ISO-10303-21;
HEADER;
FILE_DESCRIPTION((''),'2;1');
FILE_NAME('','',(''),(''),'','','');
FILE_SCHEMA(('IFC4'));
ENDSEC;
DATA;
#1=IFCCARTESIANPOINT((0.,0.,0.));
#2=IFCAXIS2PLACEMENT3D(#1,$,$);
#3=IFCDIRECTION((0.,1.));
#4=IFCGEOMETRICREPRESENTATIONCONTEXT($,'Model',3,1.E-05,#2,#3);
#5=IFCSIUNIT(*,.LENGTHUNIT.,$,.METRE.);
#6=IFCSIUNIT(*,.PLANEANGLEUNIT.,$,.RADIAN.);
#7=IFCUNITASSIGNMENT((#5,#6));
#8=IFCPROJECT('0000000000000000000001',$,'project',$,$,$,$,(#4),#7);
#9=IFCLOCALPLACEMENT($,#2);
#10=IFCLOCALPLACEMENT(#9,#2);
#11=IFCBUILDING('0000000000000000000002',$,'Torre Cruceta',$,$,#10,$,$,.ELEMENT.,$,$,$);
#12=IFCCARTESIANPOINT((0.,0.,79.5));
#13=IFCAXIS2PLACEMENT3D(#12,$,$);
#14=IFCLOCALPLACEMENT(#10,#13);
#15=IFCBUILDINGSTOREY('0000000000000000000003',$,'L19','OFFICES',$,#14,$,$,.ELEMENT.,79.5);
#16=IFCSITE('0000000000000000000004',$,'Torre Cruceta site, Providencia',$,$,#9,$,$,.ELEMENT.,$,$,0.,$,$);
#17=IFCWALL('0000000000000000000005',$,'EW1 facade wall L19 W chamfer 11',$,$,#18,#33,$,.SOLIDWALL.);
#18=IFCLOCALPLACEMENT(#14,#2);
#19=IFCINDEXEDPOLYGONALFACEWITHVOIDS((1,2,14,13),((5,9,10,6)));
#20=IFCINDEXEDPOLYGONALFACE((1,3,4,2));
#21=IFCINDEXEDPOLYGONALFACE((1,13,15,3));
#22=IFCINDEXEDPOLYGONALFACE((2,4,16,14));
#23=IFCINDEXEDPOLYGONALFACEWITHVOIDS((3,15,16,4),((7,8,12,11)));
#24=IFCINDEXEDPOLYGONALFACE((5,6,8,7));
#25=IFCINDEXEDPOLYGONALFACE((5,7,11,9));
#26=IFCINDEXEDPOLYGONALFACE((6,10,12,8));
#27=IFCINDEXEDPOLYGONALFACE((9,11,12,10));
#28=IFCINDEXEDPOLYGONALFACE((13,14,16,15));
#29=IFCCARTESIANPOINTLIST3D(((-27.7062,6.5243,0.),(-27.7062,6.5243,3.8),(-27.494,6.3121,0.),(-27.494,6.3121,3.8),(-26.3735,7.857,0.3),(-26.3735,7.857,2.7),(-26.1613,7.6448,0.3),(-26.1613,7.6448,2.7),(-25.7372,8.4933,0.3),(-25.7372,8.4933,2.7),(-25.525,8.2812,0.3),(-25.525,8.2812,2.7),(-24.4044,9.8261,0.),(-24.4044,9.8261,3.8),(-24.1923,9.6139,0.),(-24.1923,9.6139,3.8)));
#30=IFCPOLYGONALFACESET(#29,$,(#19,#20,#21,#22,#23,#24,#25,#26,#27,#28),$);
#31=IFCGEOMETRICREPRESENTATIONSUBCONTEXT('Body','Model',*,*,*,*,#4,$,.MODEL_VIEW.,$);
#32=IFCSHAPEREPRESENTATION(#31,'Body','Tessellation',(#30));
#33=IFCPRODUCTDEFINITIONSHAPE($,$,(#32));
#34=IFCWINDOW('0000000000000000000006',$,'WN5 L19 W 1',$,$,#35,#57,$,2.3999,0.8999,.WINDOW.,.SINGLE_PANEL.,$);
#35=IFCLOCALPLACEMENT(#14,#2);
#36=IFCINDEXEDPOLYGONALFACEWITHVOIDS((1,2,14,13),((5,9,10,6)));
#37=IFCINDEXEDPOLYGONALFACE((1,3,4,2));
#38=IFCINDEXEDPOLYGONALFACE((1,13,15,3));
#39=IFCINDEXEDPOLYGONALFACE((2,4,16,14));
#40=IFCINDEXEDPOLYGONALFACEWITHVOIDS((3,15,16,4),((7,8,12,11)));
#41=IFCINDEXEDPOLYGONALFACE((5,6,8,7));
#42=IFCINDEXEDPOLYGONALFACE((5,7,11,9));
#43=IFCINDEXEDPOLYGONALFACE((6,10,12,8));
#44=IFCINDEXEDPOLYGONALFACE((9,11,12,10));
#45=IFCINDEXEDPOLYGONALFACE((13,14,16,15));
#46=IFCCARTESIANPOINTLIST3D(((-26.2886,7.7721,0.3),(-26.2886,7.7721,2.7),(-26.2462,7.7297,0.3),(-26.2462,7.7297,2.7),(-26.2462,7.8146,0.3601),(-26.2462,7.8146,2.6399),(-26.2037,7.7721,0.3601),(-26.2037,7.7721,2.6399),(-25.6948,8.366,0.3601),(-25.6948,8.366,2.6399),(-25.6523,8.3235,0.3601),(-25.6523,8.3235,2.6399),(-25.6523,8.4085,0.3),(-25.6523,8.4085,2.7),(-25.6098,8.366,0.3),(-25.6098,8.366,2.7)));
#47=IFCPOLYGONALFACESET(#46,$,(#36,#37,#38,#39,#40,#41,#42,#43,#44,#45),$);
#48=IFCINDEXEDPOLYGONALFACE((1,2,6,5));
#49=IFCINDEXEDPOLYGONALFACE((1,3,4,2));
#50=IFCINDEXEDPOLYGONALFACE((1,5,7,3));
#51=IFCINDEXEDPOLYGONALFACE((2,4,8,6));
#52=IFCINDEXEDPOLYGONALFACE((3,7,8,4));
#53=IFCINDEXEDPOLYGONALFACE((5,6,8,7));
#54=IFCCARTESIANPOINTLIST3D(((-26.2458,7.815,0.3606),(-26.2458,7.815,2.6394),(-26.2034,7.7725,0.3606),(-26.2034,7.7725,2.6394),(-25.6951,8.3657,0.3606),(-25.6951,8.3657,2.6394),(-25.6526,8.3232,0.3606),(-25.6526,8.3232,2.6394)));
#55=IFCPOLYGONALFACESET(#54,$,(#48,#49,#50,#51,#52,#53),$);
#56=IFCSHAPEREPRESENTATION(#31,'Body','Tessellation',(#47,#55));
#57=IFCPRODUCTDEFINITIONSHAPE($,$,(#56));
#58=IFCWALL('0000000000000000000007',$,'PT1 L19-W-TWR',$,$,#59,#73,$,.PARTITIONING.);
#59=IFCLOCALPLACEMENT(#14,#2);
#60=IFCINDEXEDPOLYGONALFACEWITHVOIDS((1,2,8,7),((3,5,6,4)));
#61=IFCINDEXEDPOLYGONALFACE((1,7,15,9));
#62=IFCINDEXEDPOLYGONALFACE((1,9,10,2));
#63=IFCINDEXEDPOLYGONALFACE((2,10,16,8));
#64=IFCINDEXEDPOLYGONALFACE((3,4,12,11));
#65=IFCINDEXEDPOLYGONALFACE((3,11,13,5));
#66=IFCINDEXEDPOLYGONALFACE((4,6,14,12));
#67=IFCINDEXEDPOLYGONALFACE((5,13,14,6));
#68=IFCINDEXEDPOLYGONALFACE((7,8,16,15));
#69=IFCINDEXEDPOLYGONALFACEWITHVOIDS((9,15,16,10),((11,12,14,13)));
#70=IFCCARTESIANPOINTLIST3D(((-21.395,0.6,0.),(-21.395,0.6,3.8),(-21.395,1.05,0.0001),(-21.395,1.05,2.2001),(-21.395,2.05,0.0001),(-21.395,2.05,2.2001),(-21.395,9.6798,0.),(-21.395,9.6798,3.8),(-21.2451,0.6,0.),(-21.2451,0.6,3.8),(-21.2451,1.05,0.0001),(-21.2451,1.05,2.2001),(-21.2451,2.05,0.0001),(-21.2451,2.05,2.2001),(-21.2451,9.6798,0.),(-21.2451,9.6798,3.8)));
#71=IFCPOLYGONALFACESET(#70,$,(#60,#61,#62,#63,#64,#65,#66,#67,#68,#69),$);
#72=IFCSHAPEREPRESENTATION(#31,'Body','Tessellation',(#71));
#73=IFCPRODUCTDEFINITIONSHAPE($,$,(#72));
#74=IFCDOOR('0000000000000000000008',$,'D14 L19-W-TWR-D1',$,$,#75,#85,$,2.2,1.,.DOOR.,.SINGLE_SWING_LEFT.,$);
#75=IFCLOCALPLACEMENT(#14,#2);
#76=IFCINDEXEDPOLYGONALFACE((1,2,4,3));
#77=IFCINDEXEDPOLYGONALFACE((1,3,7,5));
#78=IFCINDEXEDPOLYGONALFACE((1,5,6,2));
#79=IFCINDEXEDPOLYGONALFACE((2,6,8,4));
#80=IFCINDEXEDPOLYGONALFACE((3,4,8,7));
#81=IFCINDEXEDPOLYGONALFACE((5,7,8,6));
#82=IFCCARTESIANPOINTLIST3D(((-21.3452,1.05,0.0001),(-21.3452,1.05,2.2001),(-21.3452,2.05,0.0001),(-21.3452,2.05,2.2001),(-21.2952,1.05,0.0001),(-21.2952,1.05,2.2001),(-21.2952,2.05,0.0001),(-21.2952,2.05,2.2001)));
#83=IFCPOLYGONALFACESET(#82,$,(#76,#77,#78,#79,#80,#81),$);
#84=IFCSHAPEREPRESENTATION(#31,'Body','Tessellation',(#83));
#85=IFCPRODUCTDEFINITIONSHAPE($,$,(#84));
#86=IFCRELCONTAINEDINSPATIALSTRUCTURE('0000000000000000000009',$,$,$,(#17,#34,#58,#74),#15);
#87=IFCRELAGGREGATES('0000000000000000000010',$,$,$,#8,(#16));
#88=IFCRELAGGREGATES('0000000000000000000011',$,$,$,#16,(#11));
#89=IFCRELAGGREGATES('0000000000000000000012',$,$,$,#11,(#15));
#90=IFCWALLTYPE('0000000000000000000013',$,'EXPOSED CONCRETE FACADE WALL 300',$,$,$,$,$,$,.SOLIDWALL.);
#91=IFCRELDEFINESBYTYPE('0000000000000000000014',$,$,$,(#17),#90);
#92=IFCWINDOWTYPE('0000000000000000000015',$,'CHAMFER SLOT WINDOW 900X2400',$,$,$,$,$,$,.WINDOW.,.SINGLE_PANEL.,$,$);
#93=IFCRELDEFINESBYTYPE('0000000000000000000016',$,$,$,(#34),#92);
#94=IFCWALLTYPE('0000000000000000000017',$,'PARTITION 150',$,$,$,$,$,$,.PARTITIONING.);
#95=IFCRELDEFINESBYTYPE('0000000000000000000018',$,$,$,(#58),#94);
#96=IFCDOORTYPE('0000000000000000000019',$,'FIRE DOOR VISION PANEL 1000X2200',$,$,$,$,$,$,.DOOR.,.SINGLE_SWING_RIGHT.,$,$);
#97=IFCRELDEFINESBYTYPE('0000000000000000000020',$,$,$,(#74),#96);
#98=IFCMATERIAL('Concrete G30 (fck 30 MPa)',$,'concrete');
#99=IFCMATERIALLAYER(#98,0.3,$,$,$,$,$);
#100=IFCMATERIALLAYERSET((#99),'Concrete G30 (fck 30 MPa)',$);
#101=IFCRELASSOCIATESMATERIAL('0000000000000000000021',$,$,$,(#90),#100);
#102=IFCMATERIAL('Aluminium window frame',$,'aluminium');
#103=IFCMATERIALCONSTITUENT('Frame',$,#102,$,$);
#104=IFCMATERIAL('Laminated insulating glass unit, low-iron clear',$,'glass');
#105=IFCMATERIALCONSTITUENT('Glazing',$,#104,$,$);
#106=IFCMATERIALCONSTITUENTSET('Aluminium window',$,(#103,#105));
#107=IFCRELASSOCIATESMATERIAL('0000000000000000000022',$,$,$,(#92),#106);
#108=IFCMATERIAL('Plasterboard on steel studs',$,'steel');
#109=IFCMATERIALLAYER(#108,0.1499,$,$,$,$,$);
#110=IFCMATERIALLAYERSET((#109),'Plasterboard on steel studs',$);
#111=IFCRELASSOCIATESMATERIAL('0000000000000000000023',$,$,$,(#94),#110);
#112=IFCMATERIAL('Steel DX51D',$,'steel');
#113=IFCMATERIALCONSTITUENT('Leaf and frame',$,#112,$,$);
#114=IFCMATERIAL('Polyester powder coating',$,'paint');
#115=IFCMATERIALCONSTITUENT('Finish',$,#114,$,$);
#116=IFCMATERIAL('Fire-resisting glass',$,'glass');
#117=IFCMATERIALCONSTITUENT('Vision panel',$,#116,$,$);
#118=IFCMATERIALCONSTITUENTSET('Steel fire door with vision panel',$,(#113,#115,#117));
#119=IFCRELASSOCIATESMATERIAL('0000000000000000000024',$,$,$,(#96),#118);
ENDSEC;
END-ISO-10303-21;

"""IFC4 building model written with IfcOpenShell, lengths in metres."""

from ifc_helpers import new_model, si_unit, direction, frame, frame_2d, origin, place, context, subcontext, project, spatial, rectangle, hollow_rectangle, extrude, material, layer, layer_set, constituent, constituent_set, type_object, element, fill, save


model = new_model("IFC4")

# Units and contexts
model_context = context("Model", 3, precision=1e-05, world=origin(), true_north=direction((0.0, 1.0)))
body_context = subcontext(model_context, "Body", "Model", "MODEL_VIEW")
ifc_project = project(units=[si_unit("LENGTHUNIT", "METRE"), si_unit("PLANEANGLEUNIT", "RADIAN")], contexts=[model_context])

# Site, building, storey
site_placement = place(None, origin())
site = spatial("IfcSite", under=ifc_project, at=site_placement, Name="Torre Cruceta site, Providencia", CompositionType="ELEMENT", RefElevation=0.0)
building_placement = place(site_placement, origin())
building = spatial("IfcBuilding", under=site, at=building_placement, Name="Torre Cruceta", CompositionType="ELEMENT")
storey_placement = place(building_placement, frame((0.0, 0.0, 79.5)))
storey = spatial("IfcBuildingStorey", under=building, at=storey_placement, Name="L19", Description="OFFICES", CompositionType="ELEMENT", Elevation=79.5)

# Wall, opening, window
ifc_material_1 = material(Name="Concrete G30 (fck 30 MPa)", Category="concrete")
ifc_layer_1 = layer(ifc_material_1, 0.3)
ifc_layer_set_1 = layer_set([ifc_layer_1], Name="Concrete G30 (fck 30 MPa)")
wall_type_1 = type_object("IfcWallType", Name="EXPOSED CONCRETE FACADE WALL 300", PredefinedType="SOLIDWALL", material=ifc_layer_set_1)
wall_1_placement = place(storey_placement, frame((-24.2983, 9.72, 0.0), z_axis=(0.0, 0.0, 1.0), x_axis=(-0.707107, -0.707107, 0.0)))
wall_1 = element("IfcWall", 1, at=wall_1_placement, inside=storey, type_object=wall_type_1, Name="EW1 facade wall L19 W chamfer 11", PredefinedType="SOLIDWALL", context=body_context, shape_type="SweptSolid", body=[
    extrude(rectangle(XDim=4.6694, YDim=0.3, at=frame_2d((2.3347, 0.0))), origin(), (0.0, 0.0, 1.0), 3.8),
])
opening_1_placement = place(wall_1_placement, frame((1.8848, 0.0, 0.3)))
opening_1 = element("IfcOpeningElement", 2, at=opening_1_placement, cuts=wall_1, PredefinedType="OPENING", context=body_context, shape_type="SweptSolid", body=[
    extrude(rectangle(XDim=0.8999, YDim=2.3999, at=frame_2d((0.45, 1.2))), frame((0.0, 0.1599, 0.0), z_axis=(0.0, -1.0, 0.0), x_axis=(1.0, 0.0, 0.0)), (0.0, 0.0, 1.0), 0.3201),
])
ifc_material_2 = material(Name="Aluminium window frame", Category="aluminium")
ifc_constituent_1 = constituent(ifc_material_2, Name="Frame")
ifc_material_3 = material(Name="Laminated insulating glass unit, low-iron clear", Category="glass")
ifc_constituent_2 = constituent(ifc_material_3, Name="Glazing")
ifc_constituent_set_1 = constituent_set(constituents=[ifc_constituent_1, ifc_constituent_2], Name="Aluminium window")
window_type = type_object("IfcWindowType", Name="CHAMFER SLOT WINDOW 900X2400", PartitioningType="SINGLE_PANEL", PredefinedType="WINDOW", material=ifc_constituent_set_1)
window_placement = place(opening_1_placement, origin())
window = element("IfcWindow", 3, at=window_placement, inside=storey, type_object=window_type, Name="WN5 L19 W 1", OverallHeight=2.3999, OverallWidth=0.8999, PartitioningType="SINGLE_PANEL", PredefinedType="WINDOW", context=body_context, shape_type="SweptSolid", body=[
    extrude(hollow_rectangle(XDim=0.8999, YDim=2.3999, WallThickness=0.0601, at=frame_2d((0.45, 1.2))), frame((0.0, 0.03, 0.0), z_axis=(0.0, -1.0, 0.0), x_axis=(1.0, 0.0, 0.0)), (0.0, 0.0, 1.0), 0.0601),
    extrude(rectangle(XDim=0.7788, YDim=2.2788, at=frame_2d((0.45, 1.2))), frame((0.0, 0.03, 0.0), z_axis=(0.0, -1.0, 0.0), x_axis=(1.0, 0.0, 0.0)), (0.0, 0.0, 1.0), 0.0601),
])
fill(opening_1, window)

# Wall, opening, door
ifc_material_4 = material(Name="Plasterboard on steel studs", Category="steel")
ifc_layer_2 = layer(ifc_material_4, 0.1499)
ifc_layer_set_2 = layer_set([ifc_layer_2], Name="Plasterboard on steel studs")
wall_type_2 = type_object("IfcWallType", Name="PARTITION 150", PredefinedType="PARTITIONING", material=ifc_layer_set_2)
wall_2_placement = place(storey_placement, frame((-21.3201, 9.6799, 0.0), z_axis=(0.0, 0.0, 1.0), x_axis=(0.0, -1.0, 0.0)))
wall_2 = element("IfcWall", 4, at=wall_2_placement, inside=storey, type_object=wall_type_2, Name="PT1 L19-W-TWR", PredefinedType="PARTITIONING", context=body_context, shape_type="SweptSolid", body=[
    extrude(rectangle(XDim=9.0798, YDim=0.1499, at=frame_2d((4.54, 0.0))), origin(), (0.0, 0.0, 1.0), 3.8),
])
opening_2_placement = place(wall_2_placement, frame((7.6299, 0.0, 0.0)))
opening_2 = element("IfcOpeningElement", 5, at=opening_2_placement, cuts=wall_2, PredefinedType="OPENING", context=body_context, shape_type="SweptSolid", body=[
    extrude(rectangle(XDim=1.0, YDim=2.2, at=frame_2d((0.5, 1.1001))), frame((0.0, 0.085, 0.0), z_axis=(0.0, -1.0, 0.0), x_axis=(1.0, 0.0, 0.0)), (0.0, 0.0, 1.0), 0.1699),
])
ifc_material_5 = material(Name="Steel DX51D", Category="steel")
ifc_constituent_3 = constituent(ifc_material_5, Name="Leaf and frame")
ifc_material_6 = material(Name="Polyester powder coating", Category="paint")
ifc_constituent_4 = constituent(ifc_material_6, Name="Finish")
ifc_material_7 = material(Name="Fire-resisting glass", Category="glass")
ifc_constituent_5 = constituent(ifc_material_7, Name="Vision panel")
ifc_constituent_set_2 = constituent_set(constituents=[ifc_constituent_3, ifc_constituent_4, ifc_constituent_5], Name="Steel fire door with vision panel")
door_type = type_object("IfcDoorType", Name="FIRE DOOR VISION PANEL 1000X2200", OperationType="SINGLE_SWING_RIGHT", PredefinedType="DOOR", material=ifc_constituent_set_2)
door_placement = place(opening_2_placement, frame((1.0, 0.0, 0.0), z_axis=(0.0, 0.0, 1.0), x_axis=(-1.0, 0.0, 0.0)))
door = element("IfcDoor", 6, at=door_placement, inside=storey, type_object=door_type, Name="D14 L19-W-TWR-D1", OperationType="SINGLE_SWING_LEFT", OverallHeight=2.2, OverallWidth=1.0, PredefinedType="DOOR", context=body_context, shape_type="SweptSolid", body=[
    extrude(rectangle(XDim=1.0, YDim=2.2, at=frame_2d((0.5, 1.1001))), frame((0.0, 0.0251, 0.0), z_axis=(0.0, -1.0, 0.0), x_axis=(1.0, 0.0, 0.0)), (0.0, 0.0, 1.0), 0.05),
])
fill(opening_2, door)

save(model, "model.ifc")
